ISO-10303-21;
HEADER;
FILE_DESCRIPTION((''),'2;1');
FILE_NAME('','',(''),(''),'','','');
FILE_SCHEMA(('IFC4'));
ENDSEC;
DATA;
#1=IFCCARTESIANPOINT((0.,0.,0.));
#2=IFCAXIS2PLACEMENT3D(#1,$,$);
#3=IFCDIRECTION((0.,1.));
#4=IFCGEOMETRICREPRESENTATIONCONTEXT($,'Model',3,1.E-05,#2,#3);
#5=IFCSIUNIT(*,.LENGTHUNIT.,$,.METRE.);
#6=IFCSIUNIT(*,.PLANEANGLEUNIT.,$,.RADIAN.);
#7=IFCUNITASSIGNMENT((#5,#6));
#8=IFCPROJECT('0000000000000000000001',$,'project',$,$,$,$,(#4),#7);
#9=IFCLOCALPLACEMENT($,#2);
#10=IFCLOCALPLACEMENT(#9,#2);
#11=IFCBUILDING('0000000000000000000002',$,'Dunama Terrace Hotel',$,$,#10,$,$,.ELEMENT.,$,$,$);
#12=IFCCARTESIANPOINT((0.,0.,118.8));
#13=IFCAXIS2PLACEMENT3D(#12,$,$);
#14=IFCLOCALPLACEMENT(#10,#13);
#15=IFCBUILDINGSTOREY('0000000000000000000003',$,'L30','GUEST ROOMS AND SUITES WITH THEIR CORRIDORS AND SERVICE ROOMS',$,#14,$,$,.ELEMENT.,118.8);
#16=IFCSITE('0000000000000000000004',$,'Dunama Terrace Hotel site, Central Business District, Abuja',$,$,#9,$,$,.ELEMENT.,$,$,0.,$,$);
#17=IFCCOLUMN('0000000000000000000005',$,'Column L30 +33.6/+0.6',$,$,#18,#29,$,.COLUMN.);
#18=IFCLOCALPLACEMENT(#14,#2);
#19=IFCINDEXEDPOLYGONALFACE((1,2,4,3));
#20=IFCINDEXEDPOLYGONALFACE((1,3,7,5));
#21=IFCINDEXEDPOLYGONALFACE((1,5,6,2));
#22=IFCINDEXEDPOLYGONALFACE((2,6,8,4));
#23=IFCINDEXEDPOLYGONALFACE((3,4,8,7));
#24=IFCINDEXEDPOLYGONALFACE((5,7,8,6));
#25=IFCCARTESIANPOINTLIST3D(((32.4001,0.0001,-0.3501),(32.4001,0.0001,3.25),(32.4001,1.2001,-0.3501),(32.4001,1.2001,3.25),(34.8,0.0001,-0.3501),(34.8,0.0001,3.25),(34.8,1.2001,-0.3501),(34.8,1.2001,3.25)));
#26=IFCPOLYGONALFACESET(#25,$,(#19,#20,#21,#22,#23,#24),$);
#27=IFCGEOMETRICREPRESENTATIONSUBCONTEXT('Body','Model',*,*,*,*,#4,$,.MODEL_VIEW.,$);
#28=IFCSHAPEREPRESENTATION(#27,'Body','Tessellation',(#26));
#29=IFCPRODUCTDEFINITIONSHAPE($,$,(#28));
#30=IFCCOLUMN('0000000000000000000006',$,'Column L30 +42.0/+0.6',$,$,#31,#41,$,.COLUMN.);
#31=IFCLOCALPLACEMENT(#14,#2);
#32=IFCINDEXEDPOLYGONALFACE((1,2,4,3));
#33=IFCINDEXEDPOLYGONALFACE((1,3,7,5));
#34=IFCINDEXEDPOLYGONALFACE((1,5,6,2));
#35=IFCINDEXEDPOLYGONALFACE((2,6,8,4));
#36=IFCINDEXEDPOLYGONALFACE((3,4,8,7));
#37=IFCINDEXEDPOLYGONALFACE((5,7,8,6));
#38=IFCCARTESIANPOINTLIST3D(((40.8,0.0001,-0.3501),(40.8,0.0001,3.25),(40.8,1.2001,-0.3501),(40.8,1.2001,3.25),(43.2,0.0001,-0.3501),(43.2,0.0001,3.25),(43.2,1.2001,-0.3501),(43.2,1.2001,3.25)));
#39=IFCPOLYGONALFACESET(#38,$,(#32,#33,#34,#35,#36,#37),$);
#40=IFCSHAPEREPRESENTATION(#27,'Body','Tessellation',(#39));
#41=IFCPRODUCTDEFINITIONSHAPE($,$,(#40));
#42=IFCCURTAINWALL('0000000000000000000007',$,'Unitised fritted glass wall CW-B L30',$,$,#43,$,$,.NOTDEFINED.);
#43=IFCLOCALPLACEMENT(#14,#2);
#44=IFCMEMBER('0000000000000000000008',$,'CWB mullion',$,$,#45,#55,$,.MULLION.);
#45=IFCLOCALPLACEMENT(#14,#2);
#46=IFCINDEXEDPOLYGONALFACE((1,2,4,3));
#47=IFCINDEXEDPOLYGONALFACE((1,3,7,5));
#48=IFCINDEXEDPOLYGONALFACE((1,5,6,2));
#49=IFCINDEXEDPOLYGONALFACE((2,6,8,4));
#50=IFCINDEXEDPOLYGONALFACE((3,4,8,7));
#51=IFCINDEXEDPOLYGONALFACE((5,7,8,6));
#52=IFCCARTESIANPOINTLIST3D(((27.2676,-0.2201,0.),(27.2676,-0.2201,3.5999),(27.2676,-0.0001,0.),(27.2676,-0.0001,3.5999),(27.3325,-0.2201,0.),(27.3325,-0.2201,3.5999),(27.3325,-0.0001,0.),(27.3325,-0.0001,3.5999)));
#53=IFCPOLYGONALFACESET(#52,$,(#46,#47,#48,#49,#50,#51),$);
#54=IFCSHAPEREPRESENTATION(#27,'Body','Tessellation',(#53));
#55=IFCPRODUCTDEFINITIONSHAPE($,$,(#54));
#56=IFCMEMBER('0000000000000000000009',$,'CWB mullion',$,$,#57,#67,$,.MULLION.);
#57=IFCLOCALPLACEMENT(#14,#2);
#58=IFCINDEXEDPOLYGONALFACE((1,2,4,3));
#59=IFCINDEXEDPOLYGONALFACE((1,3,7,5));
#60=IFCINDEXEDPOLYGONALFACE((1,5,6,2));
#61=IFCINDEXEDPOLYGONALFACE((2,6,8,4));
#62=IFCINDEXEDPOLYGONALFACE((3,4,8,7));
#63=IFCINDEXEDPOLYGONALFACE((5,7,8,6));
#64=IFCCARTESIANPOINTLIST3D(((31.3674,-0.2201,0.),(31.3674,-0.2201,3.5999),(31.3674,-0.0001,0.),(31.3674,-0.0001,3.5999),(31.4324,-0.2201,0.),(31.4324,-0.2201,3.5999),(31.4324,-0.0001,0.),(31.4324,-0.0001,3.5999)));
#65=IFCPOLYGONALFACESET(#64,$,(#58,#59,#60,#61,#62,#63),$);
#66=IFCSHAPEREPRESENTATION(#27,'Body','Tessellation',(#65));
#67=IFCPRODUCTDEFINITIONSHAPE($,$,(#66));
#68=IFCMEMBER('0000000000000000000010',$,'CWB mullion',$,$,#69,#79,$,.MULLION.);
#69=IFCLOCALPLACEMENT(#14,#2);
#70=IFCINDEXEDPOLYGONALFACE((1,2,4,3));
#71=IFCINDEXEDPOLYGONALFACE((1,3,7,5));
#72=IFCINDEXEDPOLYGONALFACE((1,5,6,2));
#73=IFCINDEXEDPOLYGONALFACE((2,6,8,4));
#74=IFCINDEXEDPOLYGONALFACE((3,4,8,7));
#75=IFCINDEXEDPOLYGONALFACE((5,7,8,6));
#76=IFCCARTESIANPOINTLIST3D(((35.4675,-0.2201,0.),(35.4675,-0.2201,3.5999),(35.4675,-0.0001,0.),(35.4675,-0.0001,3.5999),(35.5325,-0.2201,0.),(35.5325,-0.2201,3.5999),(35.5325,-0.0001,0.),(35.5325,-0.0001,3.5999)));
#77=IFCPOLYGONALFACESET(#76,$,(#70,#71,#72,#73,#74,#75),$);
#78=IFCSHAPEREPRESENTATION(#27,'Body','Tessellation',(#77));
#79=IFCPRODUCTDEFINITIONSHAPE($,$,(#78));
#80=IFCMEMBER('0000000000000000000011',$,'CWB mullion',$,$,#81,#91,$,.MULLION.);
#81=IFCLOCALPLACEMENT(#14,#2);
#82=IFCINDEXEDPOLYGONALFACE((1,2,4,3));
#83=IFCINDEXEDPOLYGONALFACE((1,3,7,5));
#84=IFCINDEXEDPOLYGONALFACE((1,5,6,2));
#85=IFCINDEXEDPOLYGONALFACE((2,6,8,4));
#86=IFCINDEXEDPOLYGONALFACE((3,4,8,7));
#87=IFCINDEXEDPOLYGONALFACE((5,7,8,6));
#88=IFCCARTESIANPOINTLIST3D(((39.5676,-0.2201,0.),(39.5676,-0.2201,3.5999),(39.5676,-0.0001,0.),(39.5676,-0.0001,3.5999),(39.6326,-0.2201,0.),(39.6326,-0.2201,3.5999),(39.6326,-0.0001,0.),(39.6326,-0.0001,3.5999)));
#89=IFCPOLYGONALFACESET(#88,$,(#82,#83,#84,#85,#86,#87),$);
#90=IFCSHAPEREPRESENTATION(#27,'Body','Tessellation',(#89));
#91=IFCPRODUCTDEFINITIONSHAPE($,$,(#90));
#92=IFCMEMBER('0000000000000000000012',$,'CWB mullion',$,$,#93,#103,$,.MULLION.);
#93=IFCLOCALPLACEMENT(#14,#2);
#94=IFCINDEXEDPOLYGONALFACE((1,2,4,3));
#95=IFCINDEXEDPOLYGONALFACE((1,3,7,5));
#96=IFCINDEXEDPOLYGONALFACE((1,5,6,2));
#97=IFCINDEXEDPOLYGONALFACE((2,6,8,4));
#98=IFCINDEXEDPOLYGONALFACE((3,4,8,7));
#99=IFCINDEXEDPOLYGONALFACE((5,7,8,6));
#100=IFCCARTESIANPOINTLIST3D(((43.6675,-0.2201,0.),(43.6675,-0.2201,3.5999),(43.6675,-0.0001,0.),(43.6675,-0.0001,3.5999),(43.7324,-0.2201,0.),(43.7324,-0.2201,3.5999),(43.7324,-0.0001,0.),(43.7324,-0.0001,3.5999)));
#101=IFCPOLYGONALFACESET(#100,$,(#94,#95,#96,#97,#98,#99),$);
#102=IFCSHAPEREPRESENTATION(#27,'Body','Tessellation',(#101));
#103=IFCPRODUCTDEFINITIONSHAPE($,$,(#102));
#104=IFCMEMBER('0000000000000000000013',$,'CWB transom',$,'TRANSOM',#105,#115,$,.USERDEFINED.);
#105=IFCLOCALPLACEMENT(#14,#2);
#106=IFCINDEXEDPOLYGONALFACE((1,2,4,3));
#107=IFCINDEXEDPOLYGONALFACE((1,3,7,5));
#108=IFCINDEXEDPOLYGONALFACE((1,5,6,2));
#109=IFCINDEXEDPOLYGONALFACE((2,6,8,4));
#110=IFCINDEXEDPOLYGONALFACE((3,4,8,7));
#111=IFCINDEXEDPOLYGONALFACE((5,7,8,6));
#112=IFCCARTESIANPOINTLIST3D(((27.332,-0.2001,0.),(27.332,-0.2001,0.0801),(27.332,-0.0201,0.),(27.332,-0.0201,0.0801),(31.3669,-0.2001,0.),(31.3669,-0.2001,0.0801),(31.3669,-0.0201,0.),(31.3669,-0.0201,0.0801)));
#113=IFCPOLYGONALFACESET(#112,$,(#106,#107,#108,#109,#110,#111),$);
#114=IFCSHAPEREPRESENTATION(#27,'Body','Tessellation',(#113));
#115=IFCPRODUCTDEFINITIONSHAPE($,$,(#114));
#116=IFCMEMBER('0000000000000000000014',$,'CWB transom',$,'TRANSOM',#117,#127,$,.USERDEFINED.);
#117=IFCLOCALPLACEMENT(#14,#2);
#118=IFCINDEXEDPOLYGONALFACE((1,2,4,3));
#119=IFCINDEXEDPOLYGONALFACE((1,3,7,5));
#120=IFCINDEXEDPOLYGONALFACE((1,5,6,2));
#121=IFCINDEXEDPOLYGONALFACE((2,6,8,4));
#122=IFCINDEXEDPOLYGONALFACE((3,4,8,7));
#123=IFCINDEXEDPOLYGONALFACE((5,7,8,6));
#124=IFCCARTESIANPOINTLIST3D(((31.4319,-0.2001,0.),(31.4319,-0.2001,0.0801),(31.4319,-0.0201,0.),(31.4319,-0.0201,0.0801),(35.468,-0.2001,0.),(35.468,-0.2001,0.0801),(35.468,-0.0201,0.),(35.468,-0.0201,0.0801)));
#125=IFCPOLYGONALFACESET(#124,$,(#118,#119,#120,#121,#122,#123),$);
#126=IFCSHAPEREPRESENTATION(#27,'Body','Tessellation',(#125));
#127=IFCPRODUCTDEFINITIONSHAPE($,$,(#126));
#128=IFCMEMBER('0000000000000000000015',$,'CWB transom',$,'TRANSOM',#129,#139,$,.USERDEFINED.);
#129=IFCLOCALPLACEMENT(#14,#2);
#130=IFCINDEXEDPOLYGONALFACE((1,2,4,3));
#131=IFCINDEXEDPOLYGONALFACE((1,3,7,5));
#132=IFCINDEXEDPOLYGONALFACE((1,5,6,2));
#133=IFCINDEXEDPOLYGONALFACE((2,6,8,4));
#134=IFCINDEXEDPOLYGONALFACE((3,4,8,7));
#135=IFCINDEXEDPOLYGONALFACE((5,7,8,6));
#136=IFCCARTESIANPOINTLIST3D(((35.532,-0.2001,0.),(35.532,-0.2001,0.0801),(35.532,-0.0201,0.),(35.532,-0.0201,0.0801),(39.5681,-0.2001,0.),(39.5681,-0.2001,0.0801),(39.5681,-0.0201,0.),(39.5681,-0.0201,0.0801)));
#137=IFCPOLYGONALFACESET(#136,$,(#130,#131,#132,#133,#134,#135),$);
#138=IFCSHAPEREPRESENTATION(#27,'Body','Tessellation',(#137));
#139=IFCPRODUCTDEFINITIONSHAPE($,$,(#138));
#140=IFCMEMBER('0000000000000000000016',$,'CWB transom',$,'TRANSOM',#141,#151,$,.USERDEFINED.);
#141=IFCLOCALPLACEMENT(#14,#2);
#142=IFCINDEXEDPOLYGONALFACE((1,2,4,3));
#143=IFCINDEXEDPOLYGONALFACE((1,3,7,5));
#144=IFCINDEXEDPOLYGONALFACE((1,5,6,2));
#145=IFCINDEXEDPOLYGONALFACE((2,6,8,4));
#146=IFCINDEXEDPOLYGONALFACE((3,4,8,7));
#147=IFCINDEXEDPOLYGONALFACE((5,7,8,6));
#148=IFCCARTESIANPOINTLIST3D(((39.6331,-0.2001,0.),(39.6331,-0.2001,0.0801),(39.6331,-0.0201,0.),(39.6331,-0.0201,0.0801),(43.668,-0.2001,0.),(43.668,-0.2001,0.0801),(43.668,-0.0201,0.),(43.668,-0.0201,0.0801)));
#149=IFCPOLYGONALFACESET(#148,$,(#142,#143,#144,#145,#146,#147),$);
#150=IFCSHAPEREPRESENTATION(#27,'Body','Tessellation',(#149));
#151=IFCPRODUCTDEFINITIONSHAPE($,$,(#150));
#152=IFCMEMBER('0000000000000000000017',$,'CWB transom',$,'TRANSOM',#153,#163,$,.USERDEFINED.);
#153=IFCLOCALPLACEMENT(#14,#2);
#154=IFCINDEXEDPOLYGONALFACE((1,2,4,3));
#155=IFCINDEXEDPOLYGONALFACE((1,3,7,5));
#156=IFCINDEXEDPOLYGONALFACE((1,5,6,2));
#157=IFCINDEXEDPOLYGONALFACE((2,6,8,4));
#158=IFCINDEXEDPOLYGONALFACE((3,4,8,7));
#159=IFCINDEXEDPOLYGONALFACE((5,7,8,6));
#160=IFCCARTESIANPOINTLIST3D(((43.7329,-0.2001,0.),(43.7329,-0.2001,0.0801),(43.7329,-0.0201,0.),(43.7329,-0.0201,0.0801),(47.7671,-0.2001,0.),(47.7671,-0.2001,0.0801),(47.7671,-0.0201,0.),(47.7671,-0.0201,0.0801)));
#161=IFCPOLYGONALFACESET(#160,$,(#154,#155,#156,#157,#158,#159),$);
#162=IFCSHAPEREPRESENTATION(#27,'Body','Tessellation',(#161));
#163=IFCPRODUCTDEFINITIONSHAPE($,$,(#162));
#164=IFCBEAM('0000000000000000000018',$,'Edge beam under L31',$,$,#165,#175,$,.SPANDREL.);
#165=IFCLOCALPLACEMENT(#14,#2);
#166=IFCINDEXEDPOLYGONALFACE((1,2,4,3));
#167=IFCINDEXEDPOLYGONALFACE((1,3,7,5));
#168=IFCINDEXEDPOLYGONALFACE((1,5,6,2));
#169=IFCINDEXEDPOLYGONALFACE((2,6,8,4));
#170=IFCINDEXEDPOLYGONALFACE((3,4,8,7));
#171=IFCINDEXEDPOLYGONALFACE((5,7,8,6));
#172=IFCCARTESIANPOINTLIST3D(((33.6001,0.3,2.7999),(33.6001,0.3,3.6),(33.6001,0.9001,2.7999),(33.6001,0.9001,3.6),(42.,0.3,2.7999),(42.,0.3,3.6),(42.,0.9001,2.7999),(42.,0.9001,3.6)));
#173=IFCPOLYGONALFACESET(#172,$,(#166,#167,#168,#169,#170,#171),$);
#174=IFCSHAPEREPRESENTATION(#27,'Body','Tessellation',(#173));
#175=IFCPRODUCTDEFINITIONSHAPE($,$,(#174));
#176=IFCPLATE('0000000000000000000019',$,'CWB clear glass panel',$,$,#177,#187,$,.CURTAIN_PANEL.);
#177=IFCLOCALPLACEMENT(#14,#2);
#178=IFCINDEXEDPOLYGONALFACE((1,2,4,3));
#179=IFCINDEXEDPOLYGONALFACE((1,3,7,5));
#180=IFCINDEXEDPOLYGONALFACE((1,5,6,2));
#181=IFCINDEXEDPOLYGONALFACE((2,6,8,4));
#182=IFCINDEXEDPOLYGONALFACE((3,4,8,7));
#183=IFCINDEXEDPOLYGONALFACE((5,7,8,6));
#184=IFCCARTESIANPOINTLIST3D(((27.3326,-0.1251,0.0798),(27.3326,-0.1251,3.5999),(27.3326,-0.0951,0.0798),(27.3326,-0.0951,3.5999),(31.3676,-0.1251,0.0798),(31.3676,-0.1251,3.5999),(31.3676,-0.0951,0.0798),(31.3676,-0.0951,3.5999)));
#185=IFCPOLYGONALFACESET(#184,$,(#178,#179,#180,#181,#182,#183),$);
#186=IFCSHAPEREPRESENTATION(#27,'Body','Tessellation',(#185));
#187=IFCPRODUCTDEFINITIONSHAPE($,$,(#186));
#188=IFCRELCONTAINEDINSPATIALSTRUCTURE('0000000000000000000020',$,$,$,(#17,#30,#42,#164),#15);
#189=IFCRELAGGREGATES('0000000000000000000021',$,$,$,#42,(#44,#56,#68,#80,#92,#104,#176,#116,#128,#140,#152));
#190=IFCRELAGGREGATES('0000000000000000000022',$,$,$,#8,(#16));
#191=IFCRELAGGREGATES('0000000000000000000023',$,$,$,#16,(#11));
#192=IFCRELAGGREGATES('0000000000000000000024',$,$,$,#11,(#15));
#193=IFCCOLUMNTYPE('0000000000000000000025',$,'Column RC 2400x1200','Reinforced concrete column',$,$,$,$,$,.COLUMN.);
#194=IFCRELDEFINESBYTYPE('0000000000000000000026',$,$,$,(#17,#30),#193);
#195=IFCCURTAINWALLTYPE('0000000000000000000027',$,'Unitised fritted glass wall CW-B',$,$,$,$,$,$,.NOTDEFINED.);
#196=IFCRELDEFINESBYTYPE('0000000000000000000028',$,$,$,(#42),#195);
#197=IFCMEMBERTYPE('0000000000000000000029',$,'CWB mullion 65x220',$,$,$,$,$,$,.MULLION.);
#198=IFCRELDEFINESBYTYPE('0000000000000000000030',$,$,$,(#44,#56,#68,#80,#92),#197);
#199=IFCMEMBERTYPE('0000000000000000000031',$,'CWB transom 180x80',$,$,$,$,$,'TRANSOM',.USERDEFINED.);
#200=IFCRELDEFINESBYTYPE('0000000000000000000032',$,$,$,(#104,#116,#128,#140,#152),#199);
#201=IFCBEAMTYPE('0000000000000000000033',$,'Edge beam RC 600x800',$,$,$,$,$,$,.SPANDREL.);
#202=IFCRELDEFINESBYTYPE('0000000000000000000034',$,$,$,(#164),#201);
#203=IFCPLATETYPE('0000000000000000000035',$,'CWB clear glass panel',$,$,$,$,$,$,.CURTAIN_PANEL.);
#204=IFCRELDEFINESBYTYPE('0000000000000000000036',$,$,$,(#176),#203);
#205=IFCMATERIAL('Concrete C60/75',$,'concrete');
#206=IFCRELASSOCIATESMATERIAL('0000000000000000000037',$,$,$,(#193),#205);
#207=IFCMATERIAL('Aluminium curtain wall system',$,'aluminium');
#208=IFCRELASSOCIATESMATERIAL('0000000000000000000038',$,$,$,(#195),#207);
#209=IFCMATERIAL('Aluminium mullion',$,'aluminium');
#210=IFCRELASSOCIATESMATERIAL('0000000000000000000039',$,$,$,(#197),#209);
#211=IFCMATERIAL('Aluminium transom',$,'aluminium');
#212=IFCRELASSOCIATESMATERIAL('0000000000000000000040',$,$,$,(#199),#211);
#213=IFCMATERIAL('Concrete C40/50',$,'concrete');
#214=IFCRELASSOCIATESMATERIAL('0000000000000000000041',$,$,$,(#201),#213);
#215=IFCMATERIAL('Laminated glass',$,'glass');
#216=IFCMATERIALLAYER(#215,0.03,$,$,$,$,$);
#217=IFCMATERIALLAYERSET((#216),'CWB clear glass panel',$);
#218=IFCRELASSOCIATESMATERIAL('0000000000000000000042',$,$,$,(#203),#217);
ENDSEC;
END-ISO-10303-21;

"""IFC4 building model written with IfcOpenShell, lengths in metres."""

from ifc_helpers import new_model, si_unit, direction, frame, origin, origin_2d, place, context, subcontext, project, spatial, rectangle, extrude, material, layer, layer_set, material_profile, profile_set, type_object, element, aggregate, save


model = new_model("IFC4")

# Units and contexts
model_context = context("Model", 3, precision=1e-05, world=origin(), true_north=direction((0.0, 1.0)))
body_context = subcontext(model_context, "Body", "Model", "MODEL_VIEW")
ifc_project = project(units=[si_unit("LENGTHUNIT", "METRE"), si_unit("PLANEANGLEUNIT", "RADIAN")], contexts=[model_context])

# Site, building, storey
site_placement = place(None, origin())
site = spatial("IfcSite", under=ifc_project, at=site_placement, Name="Dunama Terrace Hotel site, Central Business District, Abuja", CompositionType="ELEMENT", RefElevation=0.0)
building_placement = place(site_placement, origin())
building = spatial("IfcBuilding", under=site, at=building_placement, Name="Dunama Terrace Hotel", CompositionType="ELEMENT")
storey_placement = place(building_placement, frame((0.0, 0.0, 118.8)))
storey = spatial("IfcBuildingStorey", under=building, at=storey_placement, Name="L30", Description="GUEST ROOMS AND SUITES WITH THEIR CORRIDORS AND SERVICE ROOMS", CompositionType="ELEMENT", Elevation=118.8)

# Columns
ifc_material_1 = material(Name="Concrete C60/75", Category="concrete")
ifc_material_profile_1 = material_profile(ifc_material_1, rectangle(XDim=2.3999, YDim=1.2, at=origin_2d()), Name="RC 2400x1200")
ifc_profile_set_1 = profile_set([ifc_material_profile_1], Name="Concrete C60/75")
column_type = type_object("IfcColumnType", Name="Column RC 2400x1200", Description="Reinforced concrete column", PredefinedType="COLUMN", material=ifc_profile_set_1)
for number, where, z_axis, x_axis, name in (
    (1, (33.6001, 0.6001, -0.3501), (0.0, 0.0, 1.0), (1.0, 0.0, 0.0), "Column L30 +33.6/+0.6"),
    (2, (42.0, 0.6001, -0.3501), (0.0, 0.0, 1.0), (1.0, 0.0, 0.0), "Column L30 +42.0/+0.6"),
):
    element("IfcColumn", number, at=place(storey_placement, frame(where, z_axis=z_axis, x_axis=x_axis)), inside=storey, type_object=column_type, Name=name, PredefinedType="COLUMN", context=body_context, shape_type="SweptSolid", body=[
        extrude(rectangle(XDim=2.3999, YDim=1.2, at=origin_2d()), origin(), (0.0, 0.0, 1.0), 3.6001),
    ])

# Curtain wall, members
ifc_material_2 = material(Name="Aluminium curtain wall system", Category="aluminium")
curtain_wall_type = type_object("IfcCurtainWallType", Name="Unitised fritted glass wall CW-B", PredefinedType="NOTDEFINED", material=ifc_material_2)
curtain_wall_placement = place(storey_placement, origin())
curtain_wall = element("IfcCurtainWall", 3, at=curtain_wall_placement, inside=storey, type_object=curtain_wall_type, Name="Unitised fritted glass wall CW-B L30", PredefinedType="NOTDEFINED")
ifc_material_3 = material(Name="Aluminium mullion", Category="aluminium")
ifc_material_profile_2 = material_profile(ifc_material_3, rectangle(XDim=0.0649, YDim=0.22, at=origin_2d()), Name="CWB MULLION 65X220")
ifc_profile_set_2 = profile_set([ifc_material_profile_2], Name="Aluminium mullion")
member_type_1 = type_object("IfcMemberType", Name="CWB mullion 65x220", PredefinedType="MULLION", material=ifc_profile_set_2)
member_1_placement = place(storey_placement, frame((27.3, -0.1101, 0.0), z_axis=(0.0, 0.0, 1.0), x_axis=(1.0, 0.0, 0.0)))
member_1 = element("IfcMember", 4, at=member_1_placement, type_object=member_type_1, Name="CWB mullion", PredefinedType="MULLION", context=body_context, shape_type="SweptSolid", body=[
    extrude(rectangle(XDim=0.0649, YDim=0.22, at=origin_2d()), origin(), (0.0, 0.0, 1.0), 3.5999),
])
member_2_placement = place(storey_placement, frame((31.3999, -0.1101, 0.0), z_axis=(0.0, 0.0, 1.0), x_axis=(1.0, 0.0, 0.0)))
member_2 = element("IfcMember", 5, at=member_2_placement, type_object=member_type_1, Name="CWB mullion", PredefinedType="MULLION", context=body_context, shape_type="SweptSolid", body=[
    extrude(rectangle(XDim=0.0649, YDim=0.22, at=origin_2d()), origin(), (0.0, 0.0, 1.0), 3.5999),
])
member_3_placement = place(storey_placement, frame((35.5, -0.1101, 0.0), z_axis=(0.0, 0.0, 1.0), x_axis=(1.0, 0.0, 0.0)))
member_3 = element("IfcMember", 6, at=member_3_placement, type_object=member_type_1, Name="CWB mullion", PredefinedType="MULLION", context=body_context, shape_type="SweptSolid", body=[
    extrude(rectangle(XDim=0.0649, YDim=0.22, at=origin_2d()), origin(), (0.0, 0.0, 1.0), 3.5999),
])
member_4_placement = place(storey_placement, frame((39.6001, -0.1101, 0.0), z_axis=(0.0, 0.0, 1.0), x_axis=(1.0, 0.0, 0.0)))
member_4 = element("IfcMember", 7, at=member_4_placement, type_object=member_type_1, Name="CWB mullion", PredefinedType="MULLION", context=body_context, shape_type="SweptSolid", body=[
    extrude(rectangle(XDim=0.0649, YDim=0.22, at=origin_2d()), origin(), (0.0, 0.0, 1.0), 3.5999),
])
member_5_placement = place(storey_placement, frame((43.7, -0.1101, 0.0), z_axis=(0.0, 0.0, 1.0), x_axis=(1.0, 0.0, 0.0)))
member_5 = element("IfcMember", 8, at=member_5_placement, type_object=member_type_1, Name="CWB mullion", PredefinedType="MULLION", context=body_context, shape_type="SweptSolid", body=[
    extrude(rectangle(XDim=0.0649, YDim=0.22, at=origin_2d()), origin(), (0.0, 0.0, 1.0), 3.5999),
])
ifc_material_4 = material(Name="Aluminium transom", Category="aluminium")
ifc_material_profile_3 = material_profile(ifc_material_4, rectangle(XDim=0.1799, YDim=0.0801, at=origin_2d()), Name="CWB TRANSOM 180X80")
ifc_profile_set_3 = profile_set([ifc_material_profile_3], Name="Aluminium transom")
member_type_2 = type_object("IfcMemberType", Name="CWB transom 180x80", ElementType="TRANSOM", PredefinedType="USERDEFINED", material=ifc_profile_set_3)
member_6_placement = place(storey_placement, frame((27.332, -0.1101, 0.04), z_axis=(1.0, 0.0, 0.0), x_axis=(0.0, 1.0, 0.0)))
member_6 = element("IfcMember", 9, at=member_6_placement, type_object=member_type_2, Name="CWB transom", ObjectType="TRANSOM", PredefinedType="USERDEFINED", context=body_context, shape_type="SweptSolid", body=[
    extrude(rectangle(XDim=0.1799, YDim=0.0801, at=origin_2d()), origin(), (0.0, 0.0, 1.0), 4.0349),
])
member_7_placement = place(storey_placement, frame((31.4319, -0.1101, 0.04), z_axis=(1.0, 0.0, 0.0), x_axis=(0.0, 1.0, 0.0)))
member_7 = element("IfcMember", 10, at=member_7_placement, type_object=member_type_2, Name="CWB transom", ObjectType="TRANSOM", PredefinedType="USERDEFINED", context=body_context, shape_type="SweptSolid", body=[
    extrude(rectangle(XDim=0.1799, YDim=0.0801, at=origin_2d()), origin(), (0.0, 0.0, 1.0), 4.0361),
])
member_8_placement = place(storey_placement, frame((35.532, -0.1101, 0.04), z_axis=(1.0, 0.0, 0.0), x_axis=(0.0, 1.0, 0.0)))
member_8 = element("IfcMember", 11, at=member_8_placement, type_object=member_type_2, Name="CWB transom", ObjectType="TRANSOM", PredefinedType="USERDEFINED", context=body_context, shape_type="SweptSolid", body=[
    extrude(rectangle(XDim=0.1799, YDim=0.0801, at=origin_2d()), origin(), (0.0, 0.0, 1.0), 4.0361),
])
member_9_placement = place(storey_placement, frame((39.6331, -0.1101, 0.04), z_axis=(1.0, 0.0, 0.0), x_axis=(0.0, 1.0, 0.0)))
member_9 = element("IfcMember", 12, at=member_9_placement, type_object=member_type_2, Name="CWB transom", ObjectType="TRANSOM", PredefinedType="USERDEFINED", context=body_context, shape_type="SweptSolid", body=[
    extrude(rectangle(XDim=0.1799, YDim=0.0801, at=origin_2d()), origin(), (0.0, 0.0, 1.0), 4.0349),
])
member_10_placement = place(storey_placement, frame((43.7329, -0.1101, 0.04), z_axis=(1.0, 0.0, 0.0), x_axis=(0.0, 1.0, 0.0)))
member_10 = element("IfcMember", 13, at=member_10_placement, type_object=member_type_2, Name="CWB transom", ObjectType="TRANSOM", PredefinedType="USERDEFINED", context=body_context, shape_type="SweptSolid", body=[
    extrude(rectangle(XDim=0.1799, YDim=0.0801, at=origin_2d()), origin(), (0.0, 0.0, 1.0), 4.0342),
])

# Beam
ifc_material_5 = material(Name="Concrete C40/50", Category="concrete")
ifc_material_profile_4 = material_profile(ifc_material_5, rectangle(XDim=0.6001, YDim=0.8, at=origin_2d()), Name="RC 600x800")
ifc_profile_set_4 = profile_set([ifc_material_profile_4], Name="Concrete C40/50")
beam_type = type_object("IfcBeamType", Name="Edge beam RC 600x800", PredefinedType="SPANDREL", material=ifc_profile_set_4)
beam_placement = place(storey_placement, frame((33.6001, 0.6001, 3.2), z_axis=(1.0, 0.0, 0.0), x_axis=(0.0, 1.0, 0.0)))
element("IfcBeam", 14, at=beam_placement, inside=storey, type_object=beam_type, Name="Edge beam under L31", PredefinedType="SPANDREL", context=body_context, shape_type="SweptSolid", body=[
    extrude(rectangle(XDim=0.6001, YDim=0.8, at=origin_2d()), origin(), (0.0, 0.0, 1.0), 8.3999),
])

# Plate
ifc_material_6 = material(Name="Laminated glass", Category="glass")
ifc_layer_1 = layer(ifc_material_6, 0.03)
ifc_layer_set_1 = layer_set([ifc_layer_1], Name="CWB clear glass panel")
plate_type_1 = type_object("IfcPlateType", Name="CWB clear glass panel", PredefinedType="CURTAIN_PANEL", material=ifc_layer_set_1)
plate_1_placement = place(storey_placement, frame((29.3501, -0.1101, 0.0798), z_axis=(0.0, 0.0, 1.0), x_axis=(1.0, 0.0, 0.0)))
plate_1 = element("IfcPlate", 15, at=plate_1_placement, type_object=plate_type_1, Name="CWB clear glass panel", PredefinedType="CURTAIN_PANEL", context=body_context, shape_type="SweptSolid", body=[
    extrude(rectangle(XDim=4.0349, YDim=0.03, at=origin_2d()), origin(), (0.0, 0.0, 1.0), 3.52),
])
aggregate(curtain_wall, [member_1, member_2, member_3, member_4, member_5, member_6, plate_1, member_7, member_8, member_9, member_10])

save(model, "model.ifc")
